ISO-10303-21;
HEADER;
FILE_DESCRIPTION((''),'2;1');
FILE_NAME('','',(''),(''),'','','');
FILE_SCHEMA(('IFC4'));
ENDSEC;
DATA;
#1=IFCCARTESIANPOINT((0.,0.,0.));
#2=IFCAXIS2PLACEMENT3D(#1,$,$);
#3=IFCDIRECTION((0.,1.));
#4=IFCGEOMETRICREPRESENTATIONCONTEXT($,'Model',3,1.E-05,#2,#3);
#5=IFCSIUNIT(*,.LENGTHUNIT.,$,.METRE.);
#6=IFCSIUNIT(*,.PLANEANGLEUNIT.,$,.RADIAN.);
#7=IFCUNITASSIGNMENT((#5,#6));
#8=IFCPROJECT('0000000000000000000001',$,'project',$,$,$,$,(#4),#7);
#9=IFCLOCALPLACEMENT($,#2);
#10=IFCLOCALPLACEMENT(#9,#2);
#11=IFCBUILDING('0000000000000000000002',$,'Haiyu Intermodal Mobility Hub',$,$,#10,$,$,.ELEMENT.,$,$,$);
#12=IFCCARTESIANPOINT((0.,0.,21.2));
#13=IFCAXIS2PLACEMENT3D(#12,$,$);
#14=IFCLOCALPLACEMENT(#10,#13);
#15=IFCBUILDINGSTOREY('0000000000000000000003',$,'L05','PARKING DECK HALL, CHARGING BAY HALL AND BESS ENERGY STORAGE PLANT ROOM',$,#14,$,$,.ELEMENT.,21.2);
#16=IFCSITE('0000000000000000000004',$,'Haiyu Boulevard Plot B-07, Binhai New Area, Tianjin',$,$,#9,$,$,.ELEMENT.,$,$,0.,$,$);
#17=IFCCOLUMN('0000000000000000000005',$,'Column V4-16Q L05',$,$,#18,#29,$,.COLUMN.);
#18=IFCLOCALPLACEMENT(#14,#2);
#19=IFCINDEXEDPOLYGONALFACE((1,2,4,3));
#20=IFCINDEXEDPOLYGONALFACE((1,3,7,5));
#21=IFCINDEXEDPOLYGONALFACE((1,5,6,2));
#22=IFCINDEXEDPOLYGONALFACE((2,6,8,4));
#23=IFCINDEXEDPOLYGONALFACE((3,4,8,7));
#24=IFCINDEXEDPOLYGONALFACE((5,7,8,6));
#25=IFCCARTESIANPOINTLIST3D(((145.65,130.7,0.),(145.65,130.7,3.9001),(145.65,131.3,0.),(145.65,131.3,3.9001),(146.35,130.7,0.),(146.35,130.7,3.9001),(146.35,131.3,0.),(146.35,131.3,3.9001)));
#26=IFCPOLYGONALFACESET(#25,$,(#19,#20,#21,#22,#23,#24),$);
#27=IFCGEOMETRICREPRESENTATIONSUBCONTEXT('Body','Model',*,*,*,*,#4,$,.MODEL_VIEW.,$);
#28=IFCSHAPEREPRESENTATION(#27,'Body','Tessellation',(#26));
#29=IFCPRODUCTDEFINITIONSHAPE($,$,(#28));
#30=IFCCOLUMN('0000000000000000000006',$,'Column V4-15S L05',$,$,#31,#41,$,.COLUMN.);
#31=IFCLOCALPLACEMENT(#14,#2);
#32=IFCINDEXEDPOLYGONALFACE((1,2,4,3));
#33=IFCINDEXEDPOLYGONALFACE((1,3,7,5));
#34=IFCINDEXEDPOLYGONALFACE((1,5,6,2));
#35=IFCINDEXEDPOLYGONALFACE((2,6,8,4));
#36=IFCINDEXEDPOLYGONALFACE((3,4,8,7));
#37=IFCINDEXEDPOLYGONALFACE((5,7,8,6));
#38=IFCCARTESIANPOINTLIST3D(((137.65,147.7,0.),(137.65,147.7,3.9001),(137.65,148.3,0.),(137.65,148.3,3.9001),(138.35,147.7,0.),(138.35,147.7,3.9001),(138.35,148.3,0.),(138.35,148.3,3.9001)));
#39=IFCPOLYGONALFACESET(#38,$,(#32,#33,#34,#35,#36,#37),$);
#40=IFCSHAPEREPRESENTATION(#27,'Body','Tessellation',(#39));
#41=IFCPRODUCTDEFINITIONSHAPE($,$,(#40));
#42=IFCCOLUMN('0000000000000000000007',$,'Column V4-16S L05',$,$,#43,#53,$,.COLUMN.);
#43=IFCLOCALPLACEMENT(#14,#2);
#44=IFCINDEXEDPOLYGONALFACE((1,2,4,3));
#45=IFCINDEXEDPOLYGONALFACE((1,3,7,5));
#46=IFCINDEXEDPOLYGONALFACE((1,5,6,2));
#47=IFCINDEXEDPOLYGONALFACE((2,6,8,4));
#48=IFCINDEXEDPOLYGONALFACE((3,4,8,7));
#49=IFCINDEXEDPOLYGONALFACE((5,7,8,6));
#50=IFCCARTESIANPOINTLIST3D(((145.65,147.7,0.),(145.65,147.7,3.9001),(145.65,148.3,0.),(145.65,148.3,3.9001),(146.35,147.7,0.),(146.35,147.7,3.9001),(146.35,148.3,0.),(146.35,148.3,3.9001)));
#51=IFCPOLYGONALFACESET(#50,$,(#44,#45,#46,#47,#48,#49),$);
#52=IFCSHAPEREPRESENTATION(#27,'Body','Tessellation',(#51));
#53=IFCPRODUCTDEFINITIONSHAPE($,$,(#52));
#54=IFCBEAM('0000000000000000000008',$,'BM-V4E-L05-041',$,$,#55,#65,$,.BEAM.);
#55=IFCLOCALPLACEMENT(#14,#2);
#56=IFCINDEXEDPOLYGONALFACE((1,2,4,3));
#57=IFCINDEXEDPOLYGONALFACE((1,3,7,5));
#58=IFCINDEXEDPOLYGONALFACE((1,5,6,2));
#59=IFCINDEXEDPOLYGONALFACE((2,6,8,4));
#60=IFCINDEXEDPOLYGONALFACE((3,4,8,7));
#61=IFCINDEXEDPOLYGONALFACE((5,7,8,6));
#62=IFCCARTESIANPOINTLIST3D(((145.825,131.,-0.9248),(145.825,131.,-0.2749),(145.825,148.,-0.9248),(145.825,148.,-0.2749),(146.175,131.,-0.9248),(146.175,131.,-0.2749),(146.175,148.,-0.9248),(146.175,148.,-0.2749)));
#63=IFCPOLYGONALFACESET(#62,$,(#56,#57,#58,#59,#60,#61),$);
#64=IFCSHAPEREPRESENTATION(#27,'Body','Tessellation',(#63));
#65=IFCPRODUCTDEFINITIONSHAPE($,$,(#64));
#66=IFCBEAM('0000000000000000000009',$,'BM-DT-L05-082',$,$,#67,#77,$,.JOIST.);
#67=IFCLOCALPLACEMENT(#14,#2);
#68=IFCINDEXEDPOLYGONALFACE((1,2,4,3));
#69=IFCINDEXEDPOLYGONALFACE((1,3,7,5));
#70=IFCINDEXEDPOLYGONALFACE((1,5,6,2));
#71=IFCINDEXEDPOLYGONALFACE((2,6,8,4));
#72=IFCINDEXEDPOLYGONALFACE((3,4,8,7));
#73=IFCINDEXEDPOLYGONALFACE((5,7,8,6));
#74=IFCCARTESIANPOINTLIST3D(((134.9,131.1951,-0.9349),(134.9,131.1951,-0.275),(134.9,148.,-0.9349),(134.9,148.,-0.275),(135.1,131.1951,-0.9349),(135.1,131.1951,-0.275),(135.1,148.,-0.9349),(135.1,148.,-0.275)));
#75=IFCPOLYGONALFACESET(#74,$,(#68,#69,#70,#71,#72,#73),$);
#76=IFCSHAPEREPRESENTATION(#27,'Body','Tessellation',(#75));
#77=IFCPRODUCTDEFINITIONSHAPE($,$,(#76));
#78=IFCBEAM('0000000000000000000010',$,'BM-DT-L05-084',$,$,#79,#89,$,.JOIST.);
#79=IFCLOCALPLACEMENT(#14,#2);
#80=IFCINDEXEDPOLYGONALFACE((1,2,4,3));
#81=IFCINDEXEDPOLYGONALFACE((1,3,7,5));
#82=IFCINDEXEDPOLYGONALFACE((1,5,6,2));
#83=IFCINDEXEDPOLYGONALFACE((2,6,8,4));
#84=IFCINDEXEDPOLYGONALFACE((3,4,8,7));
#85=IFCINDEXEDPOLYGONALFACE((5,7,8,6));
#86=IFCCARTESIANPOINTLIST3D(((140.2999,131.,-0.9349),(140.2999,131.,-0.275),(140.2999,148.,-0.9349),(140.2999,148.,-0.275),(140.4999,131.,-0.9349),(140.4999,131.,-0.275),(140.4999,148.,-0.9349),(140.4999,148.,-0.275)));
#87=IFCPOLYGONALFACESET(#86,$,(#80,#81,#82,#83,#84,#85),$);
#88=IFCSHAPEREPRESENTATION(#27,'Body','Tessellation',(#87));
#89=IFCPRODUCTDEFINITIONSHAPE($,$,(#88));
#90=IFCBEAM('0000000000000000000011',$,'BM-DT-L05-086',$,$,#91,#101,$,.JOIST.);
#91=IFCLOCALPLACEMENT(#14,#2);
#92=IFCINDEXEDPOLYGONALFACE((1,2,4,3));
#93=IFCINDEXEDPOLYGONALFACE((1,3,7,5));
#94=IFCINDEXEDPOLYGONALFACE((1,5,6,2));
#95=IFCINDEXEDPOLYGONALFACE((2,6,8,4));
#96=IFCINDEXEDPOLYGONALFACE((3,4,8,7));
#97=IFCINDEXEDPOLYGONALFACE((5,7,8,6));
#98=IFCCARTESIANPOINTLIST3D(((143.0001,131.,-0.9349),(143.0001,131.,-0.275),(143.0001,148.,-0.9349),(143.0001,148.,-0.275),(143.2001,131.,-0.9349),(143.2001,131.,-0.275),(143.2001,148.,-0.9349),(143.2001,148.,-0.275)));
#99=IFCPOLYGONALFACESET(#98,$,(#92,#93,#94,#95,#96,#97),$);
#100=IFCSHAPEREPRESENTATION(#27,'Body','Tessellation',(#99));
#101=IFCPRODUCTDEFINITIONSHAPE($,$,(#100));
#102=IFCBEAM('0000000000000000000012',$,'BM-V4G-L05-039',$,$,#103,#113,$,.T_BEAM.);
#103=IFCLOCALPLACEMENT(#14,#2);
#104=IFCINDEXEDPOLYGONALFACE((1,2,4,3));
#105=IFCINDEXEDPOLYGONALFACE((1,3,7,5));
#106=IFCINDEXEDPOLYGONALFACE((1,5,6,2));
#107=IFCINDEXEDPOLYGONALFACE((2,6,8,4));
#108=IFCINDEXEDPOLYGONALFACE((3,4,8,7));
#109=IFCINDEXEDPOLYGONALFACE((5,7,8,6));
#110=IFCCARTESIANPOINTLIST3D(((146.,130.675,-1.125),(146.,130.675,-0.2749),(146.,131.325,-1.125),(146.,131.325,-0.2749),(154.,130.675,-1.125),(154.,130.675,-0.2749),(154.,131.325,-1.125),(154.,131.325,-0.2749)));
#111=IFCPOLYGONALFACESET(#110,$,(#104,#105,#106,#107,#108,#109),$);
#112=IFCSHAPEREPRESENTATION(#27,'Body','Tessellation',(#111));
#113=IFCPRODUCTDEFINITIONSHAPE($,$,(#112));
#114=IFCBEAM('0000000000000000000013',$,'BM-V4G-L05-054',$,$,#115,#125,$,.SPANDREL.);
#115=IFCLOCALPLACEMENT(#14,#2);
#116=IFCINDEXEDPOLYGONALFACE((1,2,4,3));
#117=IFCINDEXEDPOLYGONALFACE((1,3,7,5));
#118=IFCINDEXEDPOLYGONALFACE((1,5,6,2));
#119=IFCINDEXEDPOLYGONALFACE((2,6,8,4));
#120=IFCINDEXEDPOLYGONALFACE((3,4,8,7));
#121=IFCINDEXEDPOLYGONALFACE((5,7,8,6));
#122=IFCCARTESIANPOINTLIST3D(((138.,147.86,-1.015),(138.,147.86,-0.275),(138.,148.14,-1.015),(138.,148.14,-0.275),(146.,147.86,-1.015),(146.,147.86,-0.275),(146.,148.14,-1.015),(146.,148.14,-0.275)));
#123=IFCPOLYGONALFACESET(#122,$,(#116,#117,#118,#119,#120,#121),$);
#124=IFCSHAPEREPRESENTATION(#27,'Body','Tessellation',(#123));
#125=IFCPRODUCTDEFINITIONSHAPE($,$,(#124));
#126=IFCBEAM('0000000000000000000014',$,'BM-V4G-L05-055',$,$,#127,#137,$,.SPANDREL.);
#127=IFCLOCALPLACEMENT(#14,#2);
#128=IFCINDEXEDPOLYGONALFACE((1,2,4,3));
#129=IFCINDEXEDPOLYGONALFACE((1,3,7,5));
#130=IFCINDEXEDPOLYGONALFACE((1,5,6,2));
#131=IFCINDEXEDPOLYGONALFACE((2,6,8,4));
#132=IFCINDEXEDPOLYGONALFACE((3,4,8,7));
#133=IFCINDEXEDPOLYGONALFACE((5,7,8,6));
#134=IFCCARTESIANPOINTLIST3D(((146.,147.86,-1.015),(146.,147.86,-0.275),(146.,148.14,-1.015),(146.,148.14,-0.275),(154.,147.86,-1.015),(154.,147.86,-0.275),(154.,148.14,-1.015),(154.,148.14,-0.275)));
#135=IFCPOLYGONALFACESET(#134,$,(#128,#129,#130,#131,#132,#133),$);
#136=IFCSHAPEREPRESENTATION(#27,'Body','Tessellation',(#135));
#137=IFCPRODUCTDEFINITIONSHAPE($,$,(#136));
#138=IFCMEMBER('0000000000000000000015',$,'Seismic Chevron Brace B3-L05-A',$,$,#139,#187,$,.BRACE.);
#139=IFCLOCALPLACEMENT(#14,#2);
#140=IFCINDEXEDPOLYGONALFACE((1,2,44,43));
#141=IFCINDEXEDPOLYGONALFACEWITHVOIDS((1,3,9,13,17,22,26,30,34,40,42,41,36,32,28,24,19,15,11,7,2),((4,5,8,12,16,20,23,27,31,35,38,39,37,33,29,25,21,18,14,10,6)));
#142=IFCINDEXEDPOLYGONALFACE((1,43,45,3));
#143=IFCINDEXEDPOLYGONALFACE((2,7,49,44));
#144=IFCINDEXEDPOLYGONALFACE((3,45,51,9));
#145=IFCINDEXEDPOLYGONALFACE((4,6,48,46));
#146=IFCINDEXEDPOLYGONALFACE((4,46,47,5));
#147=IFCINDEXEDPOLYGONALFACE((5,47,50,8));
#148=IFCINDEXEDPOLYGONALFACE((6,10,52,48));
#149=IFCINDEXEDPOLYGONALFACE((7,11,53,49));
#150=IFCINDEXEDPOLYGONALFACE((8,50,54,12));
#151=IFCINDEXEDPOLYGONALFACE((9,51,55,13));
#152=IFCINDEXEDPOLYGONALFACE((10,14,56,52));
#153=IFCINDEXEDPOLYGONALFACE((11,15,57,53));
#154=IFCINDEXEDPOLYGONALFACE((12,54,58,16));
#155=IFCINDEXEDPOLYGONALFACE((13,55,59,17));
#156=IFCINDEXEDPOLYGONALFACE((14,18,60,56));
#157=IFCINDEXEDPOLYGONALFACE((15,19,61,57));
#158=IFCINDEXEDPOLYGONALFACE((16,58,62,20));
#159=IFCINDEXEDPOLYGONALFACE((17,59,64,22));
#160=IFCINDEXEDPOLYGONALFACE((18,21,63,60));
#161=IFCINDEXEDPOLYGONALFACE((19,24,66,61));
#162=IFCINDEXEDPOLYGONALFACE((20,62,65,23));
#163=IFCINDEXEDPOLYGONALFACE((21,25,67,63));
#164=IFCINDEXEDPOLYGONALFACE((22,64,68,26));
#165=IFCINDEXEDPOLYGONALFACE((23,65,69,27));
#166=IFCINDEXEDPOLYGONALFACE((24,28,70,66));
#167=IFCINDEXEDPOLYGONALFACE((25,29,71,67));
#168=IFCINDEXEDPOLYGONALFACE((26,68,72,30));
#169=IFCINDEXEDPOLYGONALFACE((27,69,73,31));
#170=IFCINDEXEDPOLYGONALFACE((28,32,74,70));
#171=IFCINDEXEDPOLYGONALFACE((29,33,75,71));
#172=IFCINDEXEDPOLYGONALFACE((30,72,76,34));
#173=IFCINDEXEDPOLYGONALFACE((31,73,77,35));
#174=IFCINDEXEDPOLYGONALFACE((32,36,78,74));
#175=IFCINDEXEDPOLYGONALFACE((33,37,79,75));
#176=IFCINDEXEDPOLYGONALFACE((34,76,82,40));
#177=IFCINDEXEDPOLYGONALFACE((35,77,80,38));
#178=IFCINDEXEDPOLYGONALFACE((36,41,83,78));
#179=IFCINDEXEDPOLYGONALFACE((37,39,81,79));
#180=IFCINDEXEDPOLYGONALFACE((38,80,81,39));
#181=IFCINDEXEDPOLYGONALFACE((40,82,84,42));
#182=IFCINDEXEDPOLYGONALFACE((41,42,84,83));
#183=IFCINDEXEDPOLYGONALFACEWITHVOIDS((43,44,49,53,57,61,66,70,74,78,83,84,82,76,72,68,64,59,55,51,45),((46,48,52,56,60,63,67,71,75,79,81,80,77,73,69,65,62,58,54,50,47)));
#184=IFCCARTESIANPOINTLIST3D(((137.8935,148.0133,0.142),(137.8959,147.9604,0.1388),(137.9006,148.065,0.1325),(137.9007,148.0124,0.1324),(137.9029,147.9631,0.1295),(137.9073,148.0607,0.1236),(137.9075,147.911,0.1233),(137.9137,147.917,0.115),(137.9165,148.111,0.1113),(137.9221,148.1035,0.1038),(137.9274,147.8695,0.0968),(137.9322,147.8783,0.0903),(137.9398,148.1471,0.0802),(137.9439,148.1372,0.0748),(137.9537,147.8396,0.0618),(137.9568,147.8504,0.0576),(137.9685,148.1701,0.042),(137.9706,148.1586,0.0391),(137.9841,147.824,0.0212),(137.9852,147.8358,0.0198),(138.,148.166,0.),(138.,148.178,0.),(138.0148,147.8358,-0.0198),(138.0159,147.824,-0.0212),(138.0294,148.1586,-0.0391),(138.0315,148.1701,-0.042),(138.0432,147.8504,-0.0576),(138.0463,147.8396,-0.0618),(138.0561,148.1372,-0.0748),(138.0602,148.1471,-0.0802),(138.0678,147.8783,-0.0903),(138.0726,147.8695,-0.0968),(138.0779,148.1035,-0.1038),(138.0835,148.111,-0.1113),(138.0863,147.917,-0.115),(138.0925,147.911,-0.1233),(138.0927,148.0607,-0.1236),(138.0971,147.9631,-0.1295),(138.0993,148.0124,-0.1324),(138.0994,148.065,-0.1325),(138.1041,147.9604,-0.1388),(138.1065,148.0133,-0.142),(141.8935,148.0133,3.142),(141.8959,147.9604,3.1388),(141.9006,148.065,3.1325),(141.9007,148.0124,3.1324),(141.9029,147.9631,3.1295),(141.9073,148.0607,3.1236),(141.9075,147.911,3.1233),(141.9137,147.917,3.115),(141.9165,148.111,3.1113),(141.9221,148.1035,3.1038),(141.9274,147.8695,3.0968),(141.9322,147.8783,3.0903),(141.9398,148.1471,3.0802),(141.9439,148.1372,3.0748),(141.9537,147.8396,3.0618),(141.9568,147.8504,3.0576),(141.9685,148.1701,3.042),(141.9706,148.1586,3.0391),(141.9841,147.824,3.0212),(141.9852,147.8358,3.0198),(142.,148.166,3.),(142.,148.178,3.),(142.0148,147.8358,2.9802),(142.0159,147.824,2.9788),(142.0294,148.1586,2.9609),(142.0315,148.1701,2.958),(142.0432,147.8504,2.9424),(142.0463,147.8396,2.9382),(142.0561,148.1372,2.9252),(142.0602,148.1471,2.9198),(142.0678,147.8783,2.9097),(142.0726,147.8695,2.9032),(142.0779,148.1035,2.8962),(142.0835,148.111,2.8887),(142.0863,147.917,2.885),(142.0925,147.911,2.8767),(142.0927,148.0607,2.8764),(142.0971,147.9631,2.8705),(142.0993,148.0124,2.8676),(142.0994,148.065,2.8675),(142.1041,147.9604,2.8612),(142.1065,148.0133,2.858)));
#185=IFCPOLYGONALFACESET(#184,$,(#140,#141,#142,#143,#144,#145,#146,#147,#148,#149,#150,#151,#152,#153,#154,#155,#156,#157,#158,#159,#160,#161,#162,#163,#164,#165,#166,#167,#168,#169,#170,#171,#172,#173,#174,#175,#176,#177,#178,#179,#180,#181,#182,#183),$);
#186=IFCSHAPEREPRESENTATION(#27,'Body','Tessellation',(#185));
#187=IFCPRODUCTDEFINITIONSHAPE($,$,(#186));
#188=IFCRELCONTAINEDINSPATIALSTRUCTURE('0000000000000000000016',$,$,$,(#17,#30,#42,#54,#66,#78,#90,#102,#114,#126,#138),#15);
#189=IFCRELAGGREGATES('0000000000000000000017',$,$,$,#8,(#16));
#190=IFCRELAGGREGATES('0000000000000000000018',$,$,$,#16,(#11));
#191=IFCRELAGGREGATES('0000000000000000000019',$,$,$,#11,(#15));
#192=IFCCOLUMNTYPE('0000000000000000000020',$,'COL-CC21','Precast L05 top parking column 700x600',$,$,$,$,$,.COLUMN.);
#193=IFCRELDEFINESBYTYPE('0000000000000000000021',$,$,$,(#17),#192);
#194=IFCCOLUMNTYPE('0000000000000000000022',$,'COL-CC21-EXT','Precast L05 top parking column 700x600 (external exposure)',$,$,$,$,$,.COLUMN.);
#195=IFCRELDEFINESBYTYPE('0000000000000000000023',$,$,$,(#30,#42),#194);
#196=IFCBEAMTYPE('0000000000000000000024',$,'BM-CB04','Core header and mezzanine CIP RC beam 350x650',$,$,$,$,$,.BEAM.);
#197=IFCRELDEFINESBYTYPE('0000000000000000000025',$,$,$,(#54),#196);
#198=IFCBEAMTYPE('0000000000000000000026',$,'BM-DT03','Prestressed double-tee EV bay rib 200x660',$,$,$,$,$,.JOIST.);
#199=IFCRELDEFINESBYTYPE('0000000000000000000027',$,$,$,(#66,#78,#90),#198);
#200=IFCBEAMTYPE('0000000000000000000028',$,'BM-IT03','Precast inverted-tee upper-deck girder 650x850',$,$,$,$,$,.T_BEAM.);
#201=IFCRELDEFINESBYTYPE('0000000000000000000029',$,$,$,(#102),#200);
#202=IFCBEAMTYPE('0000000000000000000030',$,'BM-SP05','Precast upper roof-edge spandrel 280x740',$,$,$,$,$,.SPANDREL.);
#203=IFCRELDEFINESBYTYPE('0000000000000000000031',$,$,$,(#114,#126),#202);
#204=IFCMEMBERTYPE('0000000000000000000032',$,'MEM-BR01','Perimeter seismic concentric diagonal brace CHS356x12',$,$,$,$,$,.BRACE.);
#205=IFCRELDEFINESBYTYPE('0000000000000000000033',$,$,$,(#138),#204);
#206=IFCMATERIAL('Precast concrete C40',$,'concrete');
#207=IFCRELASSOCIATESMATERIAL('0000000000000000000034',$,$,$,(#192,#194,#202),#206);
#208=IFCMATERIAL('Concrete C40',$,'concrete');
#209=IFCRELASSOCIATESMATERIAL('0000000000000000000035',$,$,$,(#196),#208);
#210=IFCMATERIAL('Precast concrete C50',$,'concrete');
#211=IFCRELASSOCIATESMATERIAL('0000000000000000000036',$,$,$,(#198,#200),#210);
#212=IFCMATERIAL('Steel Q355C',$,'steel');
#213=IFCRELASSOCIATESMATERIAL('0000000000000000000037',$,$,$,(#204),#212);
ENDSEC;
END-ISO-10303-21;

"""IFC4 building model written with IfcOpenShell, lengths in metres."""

from ifc_helpers import new_model, si_unit, direction, frame, origin, origin_2d, place, context, subcontext, project, spatial, rectangle, hollow_circle, extrude, material, material_profile, profile_set, type_object, element, save


model = new_model("IFC4")

# Units and contexts
model_context = context("Model", 3, precision=1e-05, world=origin(), true_north=direction((0.0, 1.0)))
body_context = subcontext(model_context, "Body", "Model", "MODEL_VIEW")
ifc_project = project(units=[si_unit("LENGTHUNIT", "METRE"), si_unit("PLANEANGLEUNIT", "RADIAN")], contexts=[model_context])

# Site, building, storey
site_placement = place(None, origin())
site = spatial("IfcSite", under=ifc_project, at=site_placement, Name="Haiyu Boulevard Plot B-07, Binhai New Area, Tianjin", CompositionType="ELEMENT", RefElevation=0.0)
building_placement = place(site_placement, origin())
building = spatial("IfcBuilding", under=site, at=building_placement, Name="Haiyu Intermodal Mobility Hub", CompositionType="ELEMENT")
storey_placement = place(building_placement, frame((0.0, 0.0, 21.2)))
storey = spatial("IfcBuildingStorey", under=building, at=storey_placement, Name="L05", Description="PARKING DECK HALL, CHARGING BAY HALL AND BESS ENERGY STORAGE PLANT ROOM", CompositionType="ELEMENT", Elevation=21.2)

# Columns
ifc_material_1 = material(Name="Precast concrete C40", Category="concrete")
ifc_material_profile_1 = material_profile(ifc_material_1, rectangle(XDim=0.7, YDim=0.6001, at=origin_2d()), Name="C700x600")
ifc_profile_set_1 = profile_set([ifc_material_profile_1], Name="Precast concrete C40")
column_type_1 = type_object("IfcColumnType", Name="COL-CC21", Description="Precast L05 top parking column 700x600", PredefinedType="COLUMN", material=ifc_profile_set_1)
column_placement = place(storey_placement, frame((146.0, 131.0, 0.0), z_axis=(0.0, 0.0, 1.0), x_axis=(1.0, 0.0, 0.0)))
element("IfcColumn", 1, at=column_placement, inside=storey, type_object=column_type_1, Name="Column V4-16Q L05", PredefinedType="COLUMN", context=body_context, shape_type="SweptSolid", body=[
    extrude(rectangle(XDim=0.7, YDim=0.6001, at=origin_2d()), origin(), (0.0, 0.0, 1.0), 3.9001),
])
ifc_material_profile_2 = material_profile(ifc_material_1, rectangle(XDim=0.7, YDim=0.6001, at=origin_2d()), Name="C700x600")
ifc_profile_set_2 = profile_set([ifc_material_profile_2], Name="Precast concrete C40")
column_type_2 = type_object("IfcColumnType", Name="COL-CC21-EXT", Description="Precast L05 top parking column 700x600 (external exposure)", PredefinedType="COLUMN", material=ifc_profile_set_2)
for number, where, z_axis, x_axis, name in (
    (2, (138.0, 148.0, 0.0), (0.0, 0.0, 1.0), (1.0, 0.0, 0.0), "Column V4-15S L05"),
    (3, (146.0, 148.0, 0.0), (0.0, 0.0, 1.0), (1.0, 0.0, 0.0), "Column V4-16S L05"),
):
    element("IfcColumn", number, at=place(storey_placement, frame(where, z_axis=z_axis, x_axis=x_axis)), inside=storey, type_object=column_type_2, Name=name, PredefinedType="COLUMN", context=body_context, shape_type="SweptSolid", body=[
        extrude(rectangle(XDim=0.7, YDim=0.6001, at=origin_2d()), origin(), (0.0, 0.0, 1.0), 3.9001),
    ])

# Beams
ifc_material_2 = material(Name="Concrete C40", Category="concrete")
ifc_material_profile_3 = material_profile(ifc_material_2, rectangle(XDim=0.3501, YDim=0.6499, at=origin_2d()), Name="RCB350x650")
ifc_profile_set_3 = profile_set([ifc_material_profile_3], Name="Concrete C40")
beam_type_1 = type_object("IfcBeamType", Name="BM-CB04", Description="Core header and mezzanine CIP RC beam 350x650", PredefinedType="BEAM", material=ifc_profile_set_3)
beam_1_placement = place(storey_placement, frame((146.0, 131.0, -0.5999), z_axis=(0.0, 1.0, 0.0), x_axis=(-1.0, 0.0, 0.0)))
element("IfcBeam", 4, at=beam_1_placement, inside=storey, type_object=beam_type_1, Name="BM-V4E-L05-041", PredefinedType="BEAM", context=body_context, shape_type="SweptSolid", body=[
    extrude(rectangle(XDim=0.3501, YDim=0.6499, at=origin_2d()), origin(), (0.0, 0.0, 1.0), 17.0),
])
ifc_material_3 = material(Name="Precast concrete C50", Category="concrete")
ifc_material_profile_4 = material_profile(ifc_material_3, rectangle(XDim=0.2, YDim=0.6599, at=origin_2d()), Name="PC200x660")
ifc_profile_set_4 = profile_set([ifc_material_profile_4], Name="Precast concrete C50")
beam_type_2 = type_object("IfcBeamType", Name="BM-DT03", Description="Prestressed double-tee EV bay rib 200x660", PredefinedType="JOIST", material=ifc_profile_set_4)
beam_2_placement = place(storey_placement, frame((135.0, 131.1951, -0.605), z_axis=(0.0, 1.0, 0.0), x_axis=(-1.0, 0.0, 0.0)))
element("IfcBeam", 5, at=beam_2_placement, inside=storey, type_object=beam_type_2, Name="BM-DT-L05-082", PredefinedType="JOIST", context=body_context, shape_type="SweptSolid", body=[
    extrude(rectangle(XDim=0.2, YDim=0.6599, at=origin_2d()), origin(), (0.0, 0.0, 1.0), 16.8049),
])
for number, where, z_axis, x_axis, name in (
    (6, (140.3999, 131.0, -0.605), (0.0, 1.0, 0.0), (-1.0, 0.0, 0.0), "BM-DT-L05-084"),
    (7, (143.1001, 131.0, -0.605), (0.0, 1.0, 0.0), (-1.0, 0.0, 0.0), "BM-DT-L05-086"),
):
    element("IfcBeam", number, at=place(storey_placement, frame(where, z_axis=z_axis, x_axis=x_axis)), inside=storey, type_object=beam_type_2, Name=name, PredefinedType="JOIST", context=body_context, shape_type="SweptSolid", body=[
        extrude(rectangle(XDim=0.2, YDim=0.6599, at=origin_2d()), origin(), (0.0, 0.0, 1.0), 17.0),
    ])
ifc_material_profile_5 = material_profile(ifc_material_3, rectangle(XDim=0.6499, YDim=0.8501, at=origin_2d()), Name="PC650x850")
ifc_profile_set_5 = profile_set([ifc_material_profile_5], Name="Precast concrete C50")
beam_type_3 = type_object("IfcBeamType", Name="BM-IT03", Description="Precast inverted-tee upper-deck girder 650x850", PredefinedType="T_BEAM", material=ifc_profile_set_5)
beam_3_placement = place(storey_placement, frame((146.0, 131.0, -0.7), z_axis=(1.0, 0.0, 0.0), x_axis=(0.0, 1.0, 0.0)))
element("IfcBeam", 8, at=beam_3_placement, inside=storey, type_object=beam_type_3, Name="BM-V4G-L05-039", PredefinedType="T_BEAM", context=body_context, shape_type="SweptSolid", body=[
    extrude(rectangle(XDim=0.6499, YDim=0.8501, at=origin_2d()), origin(), (0.0, 0.0, 1.0), 8.0),
])
ifc_material_profile_6 = material_profile(ifc_material_1, rectangle(XDim=0.28, YDim=0.74, at=origin_2d()), Name="B280x740")
ifc_profile_set_6 = profile_set([ifc_material_profile_6], Name="Precast concrete C40")
beam_type_4 = type_object("IfcBeamType", Name="BM-SP05", Description="Precast upper roof-edge spandrel 280x740", PredefinedType="SPANDREL", material=ifc_profile_set_6)
for number, where, z_axis, x_axis, name in (
    (9, (138.0, 148.0, -0.645), (1.0, 0.0, 0.0), (0.0, 1.0, 0.0), "BM-V4G-L05-054"),
    (10, (146.0, 148.0, -0.645), (1.0, 0.0, 0.0), (0.0, 1.0, 0.0), "BM-V4G-L05-055"),
):
    element("IfcBeam", number, at=place(storey_placement, frame(where, z_axis=z_axis, x_axis=x_axis)), inside=storey, type_object=beam_type_4, Name=name, PredefinedType="SPANDREL", context=body_context, shape_type="SweptSolid", body=[
        extrude(rectangle(XDim=0.28, YDim=0.74, at=origin_2d()), origin(), (0.0, 0.0, 1.0), 8.0),
    ])

# Member
ifc_material_4 = material(Name="Steel Q355C", Category="steel")
ifc_material_profile_7 = material_profile(ifc_material_4, hollow_circle(Radius=0.178, WallThickness=0.012, at=origin_2d()), Name="CHS356x12")
ifc_profile_set_7 = profile_set([ifc_material_profile_7], Name="Steel Q355C")
member_type = type_object("IfcMemberType", Name="MEM-BR01", Description="Perimeter seismic concentric diagonal brace CHS356x12", PredefinedType="BRACE", material=ifc_profile_set_7)
for number, where, z_axis, x_axis, name in (
    (11, (138.0, 148.0, 0.0), (0.8, 0.0, 0.6), (0.0, 1.0, 0.0), "Seismic Chevron Brace B3-L05-A"),
):
    element("IfcMember", number, at=place(storey_placement, frame(where, z_axis=z_axis, x_axis=x_axis)), inside=storey, type_object=member_type, Name=name, PredefinedType="BRACE", context=body_context, shape_type="SweptSolid", body=[
        extrude(hollow_circle(Radius=0.178, WallThickness=0.012, at=origin_2d()), origin(), (0.0, 0.0, 1.0), 5.0),
    ])

save(model, "model.ifc")
